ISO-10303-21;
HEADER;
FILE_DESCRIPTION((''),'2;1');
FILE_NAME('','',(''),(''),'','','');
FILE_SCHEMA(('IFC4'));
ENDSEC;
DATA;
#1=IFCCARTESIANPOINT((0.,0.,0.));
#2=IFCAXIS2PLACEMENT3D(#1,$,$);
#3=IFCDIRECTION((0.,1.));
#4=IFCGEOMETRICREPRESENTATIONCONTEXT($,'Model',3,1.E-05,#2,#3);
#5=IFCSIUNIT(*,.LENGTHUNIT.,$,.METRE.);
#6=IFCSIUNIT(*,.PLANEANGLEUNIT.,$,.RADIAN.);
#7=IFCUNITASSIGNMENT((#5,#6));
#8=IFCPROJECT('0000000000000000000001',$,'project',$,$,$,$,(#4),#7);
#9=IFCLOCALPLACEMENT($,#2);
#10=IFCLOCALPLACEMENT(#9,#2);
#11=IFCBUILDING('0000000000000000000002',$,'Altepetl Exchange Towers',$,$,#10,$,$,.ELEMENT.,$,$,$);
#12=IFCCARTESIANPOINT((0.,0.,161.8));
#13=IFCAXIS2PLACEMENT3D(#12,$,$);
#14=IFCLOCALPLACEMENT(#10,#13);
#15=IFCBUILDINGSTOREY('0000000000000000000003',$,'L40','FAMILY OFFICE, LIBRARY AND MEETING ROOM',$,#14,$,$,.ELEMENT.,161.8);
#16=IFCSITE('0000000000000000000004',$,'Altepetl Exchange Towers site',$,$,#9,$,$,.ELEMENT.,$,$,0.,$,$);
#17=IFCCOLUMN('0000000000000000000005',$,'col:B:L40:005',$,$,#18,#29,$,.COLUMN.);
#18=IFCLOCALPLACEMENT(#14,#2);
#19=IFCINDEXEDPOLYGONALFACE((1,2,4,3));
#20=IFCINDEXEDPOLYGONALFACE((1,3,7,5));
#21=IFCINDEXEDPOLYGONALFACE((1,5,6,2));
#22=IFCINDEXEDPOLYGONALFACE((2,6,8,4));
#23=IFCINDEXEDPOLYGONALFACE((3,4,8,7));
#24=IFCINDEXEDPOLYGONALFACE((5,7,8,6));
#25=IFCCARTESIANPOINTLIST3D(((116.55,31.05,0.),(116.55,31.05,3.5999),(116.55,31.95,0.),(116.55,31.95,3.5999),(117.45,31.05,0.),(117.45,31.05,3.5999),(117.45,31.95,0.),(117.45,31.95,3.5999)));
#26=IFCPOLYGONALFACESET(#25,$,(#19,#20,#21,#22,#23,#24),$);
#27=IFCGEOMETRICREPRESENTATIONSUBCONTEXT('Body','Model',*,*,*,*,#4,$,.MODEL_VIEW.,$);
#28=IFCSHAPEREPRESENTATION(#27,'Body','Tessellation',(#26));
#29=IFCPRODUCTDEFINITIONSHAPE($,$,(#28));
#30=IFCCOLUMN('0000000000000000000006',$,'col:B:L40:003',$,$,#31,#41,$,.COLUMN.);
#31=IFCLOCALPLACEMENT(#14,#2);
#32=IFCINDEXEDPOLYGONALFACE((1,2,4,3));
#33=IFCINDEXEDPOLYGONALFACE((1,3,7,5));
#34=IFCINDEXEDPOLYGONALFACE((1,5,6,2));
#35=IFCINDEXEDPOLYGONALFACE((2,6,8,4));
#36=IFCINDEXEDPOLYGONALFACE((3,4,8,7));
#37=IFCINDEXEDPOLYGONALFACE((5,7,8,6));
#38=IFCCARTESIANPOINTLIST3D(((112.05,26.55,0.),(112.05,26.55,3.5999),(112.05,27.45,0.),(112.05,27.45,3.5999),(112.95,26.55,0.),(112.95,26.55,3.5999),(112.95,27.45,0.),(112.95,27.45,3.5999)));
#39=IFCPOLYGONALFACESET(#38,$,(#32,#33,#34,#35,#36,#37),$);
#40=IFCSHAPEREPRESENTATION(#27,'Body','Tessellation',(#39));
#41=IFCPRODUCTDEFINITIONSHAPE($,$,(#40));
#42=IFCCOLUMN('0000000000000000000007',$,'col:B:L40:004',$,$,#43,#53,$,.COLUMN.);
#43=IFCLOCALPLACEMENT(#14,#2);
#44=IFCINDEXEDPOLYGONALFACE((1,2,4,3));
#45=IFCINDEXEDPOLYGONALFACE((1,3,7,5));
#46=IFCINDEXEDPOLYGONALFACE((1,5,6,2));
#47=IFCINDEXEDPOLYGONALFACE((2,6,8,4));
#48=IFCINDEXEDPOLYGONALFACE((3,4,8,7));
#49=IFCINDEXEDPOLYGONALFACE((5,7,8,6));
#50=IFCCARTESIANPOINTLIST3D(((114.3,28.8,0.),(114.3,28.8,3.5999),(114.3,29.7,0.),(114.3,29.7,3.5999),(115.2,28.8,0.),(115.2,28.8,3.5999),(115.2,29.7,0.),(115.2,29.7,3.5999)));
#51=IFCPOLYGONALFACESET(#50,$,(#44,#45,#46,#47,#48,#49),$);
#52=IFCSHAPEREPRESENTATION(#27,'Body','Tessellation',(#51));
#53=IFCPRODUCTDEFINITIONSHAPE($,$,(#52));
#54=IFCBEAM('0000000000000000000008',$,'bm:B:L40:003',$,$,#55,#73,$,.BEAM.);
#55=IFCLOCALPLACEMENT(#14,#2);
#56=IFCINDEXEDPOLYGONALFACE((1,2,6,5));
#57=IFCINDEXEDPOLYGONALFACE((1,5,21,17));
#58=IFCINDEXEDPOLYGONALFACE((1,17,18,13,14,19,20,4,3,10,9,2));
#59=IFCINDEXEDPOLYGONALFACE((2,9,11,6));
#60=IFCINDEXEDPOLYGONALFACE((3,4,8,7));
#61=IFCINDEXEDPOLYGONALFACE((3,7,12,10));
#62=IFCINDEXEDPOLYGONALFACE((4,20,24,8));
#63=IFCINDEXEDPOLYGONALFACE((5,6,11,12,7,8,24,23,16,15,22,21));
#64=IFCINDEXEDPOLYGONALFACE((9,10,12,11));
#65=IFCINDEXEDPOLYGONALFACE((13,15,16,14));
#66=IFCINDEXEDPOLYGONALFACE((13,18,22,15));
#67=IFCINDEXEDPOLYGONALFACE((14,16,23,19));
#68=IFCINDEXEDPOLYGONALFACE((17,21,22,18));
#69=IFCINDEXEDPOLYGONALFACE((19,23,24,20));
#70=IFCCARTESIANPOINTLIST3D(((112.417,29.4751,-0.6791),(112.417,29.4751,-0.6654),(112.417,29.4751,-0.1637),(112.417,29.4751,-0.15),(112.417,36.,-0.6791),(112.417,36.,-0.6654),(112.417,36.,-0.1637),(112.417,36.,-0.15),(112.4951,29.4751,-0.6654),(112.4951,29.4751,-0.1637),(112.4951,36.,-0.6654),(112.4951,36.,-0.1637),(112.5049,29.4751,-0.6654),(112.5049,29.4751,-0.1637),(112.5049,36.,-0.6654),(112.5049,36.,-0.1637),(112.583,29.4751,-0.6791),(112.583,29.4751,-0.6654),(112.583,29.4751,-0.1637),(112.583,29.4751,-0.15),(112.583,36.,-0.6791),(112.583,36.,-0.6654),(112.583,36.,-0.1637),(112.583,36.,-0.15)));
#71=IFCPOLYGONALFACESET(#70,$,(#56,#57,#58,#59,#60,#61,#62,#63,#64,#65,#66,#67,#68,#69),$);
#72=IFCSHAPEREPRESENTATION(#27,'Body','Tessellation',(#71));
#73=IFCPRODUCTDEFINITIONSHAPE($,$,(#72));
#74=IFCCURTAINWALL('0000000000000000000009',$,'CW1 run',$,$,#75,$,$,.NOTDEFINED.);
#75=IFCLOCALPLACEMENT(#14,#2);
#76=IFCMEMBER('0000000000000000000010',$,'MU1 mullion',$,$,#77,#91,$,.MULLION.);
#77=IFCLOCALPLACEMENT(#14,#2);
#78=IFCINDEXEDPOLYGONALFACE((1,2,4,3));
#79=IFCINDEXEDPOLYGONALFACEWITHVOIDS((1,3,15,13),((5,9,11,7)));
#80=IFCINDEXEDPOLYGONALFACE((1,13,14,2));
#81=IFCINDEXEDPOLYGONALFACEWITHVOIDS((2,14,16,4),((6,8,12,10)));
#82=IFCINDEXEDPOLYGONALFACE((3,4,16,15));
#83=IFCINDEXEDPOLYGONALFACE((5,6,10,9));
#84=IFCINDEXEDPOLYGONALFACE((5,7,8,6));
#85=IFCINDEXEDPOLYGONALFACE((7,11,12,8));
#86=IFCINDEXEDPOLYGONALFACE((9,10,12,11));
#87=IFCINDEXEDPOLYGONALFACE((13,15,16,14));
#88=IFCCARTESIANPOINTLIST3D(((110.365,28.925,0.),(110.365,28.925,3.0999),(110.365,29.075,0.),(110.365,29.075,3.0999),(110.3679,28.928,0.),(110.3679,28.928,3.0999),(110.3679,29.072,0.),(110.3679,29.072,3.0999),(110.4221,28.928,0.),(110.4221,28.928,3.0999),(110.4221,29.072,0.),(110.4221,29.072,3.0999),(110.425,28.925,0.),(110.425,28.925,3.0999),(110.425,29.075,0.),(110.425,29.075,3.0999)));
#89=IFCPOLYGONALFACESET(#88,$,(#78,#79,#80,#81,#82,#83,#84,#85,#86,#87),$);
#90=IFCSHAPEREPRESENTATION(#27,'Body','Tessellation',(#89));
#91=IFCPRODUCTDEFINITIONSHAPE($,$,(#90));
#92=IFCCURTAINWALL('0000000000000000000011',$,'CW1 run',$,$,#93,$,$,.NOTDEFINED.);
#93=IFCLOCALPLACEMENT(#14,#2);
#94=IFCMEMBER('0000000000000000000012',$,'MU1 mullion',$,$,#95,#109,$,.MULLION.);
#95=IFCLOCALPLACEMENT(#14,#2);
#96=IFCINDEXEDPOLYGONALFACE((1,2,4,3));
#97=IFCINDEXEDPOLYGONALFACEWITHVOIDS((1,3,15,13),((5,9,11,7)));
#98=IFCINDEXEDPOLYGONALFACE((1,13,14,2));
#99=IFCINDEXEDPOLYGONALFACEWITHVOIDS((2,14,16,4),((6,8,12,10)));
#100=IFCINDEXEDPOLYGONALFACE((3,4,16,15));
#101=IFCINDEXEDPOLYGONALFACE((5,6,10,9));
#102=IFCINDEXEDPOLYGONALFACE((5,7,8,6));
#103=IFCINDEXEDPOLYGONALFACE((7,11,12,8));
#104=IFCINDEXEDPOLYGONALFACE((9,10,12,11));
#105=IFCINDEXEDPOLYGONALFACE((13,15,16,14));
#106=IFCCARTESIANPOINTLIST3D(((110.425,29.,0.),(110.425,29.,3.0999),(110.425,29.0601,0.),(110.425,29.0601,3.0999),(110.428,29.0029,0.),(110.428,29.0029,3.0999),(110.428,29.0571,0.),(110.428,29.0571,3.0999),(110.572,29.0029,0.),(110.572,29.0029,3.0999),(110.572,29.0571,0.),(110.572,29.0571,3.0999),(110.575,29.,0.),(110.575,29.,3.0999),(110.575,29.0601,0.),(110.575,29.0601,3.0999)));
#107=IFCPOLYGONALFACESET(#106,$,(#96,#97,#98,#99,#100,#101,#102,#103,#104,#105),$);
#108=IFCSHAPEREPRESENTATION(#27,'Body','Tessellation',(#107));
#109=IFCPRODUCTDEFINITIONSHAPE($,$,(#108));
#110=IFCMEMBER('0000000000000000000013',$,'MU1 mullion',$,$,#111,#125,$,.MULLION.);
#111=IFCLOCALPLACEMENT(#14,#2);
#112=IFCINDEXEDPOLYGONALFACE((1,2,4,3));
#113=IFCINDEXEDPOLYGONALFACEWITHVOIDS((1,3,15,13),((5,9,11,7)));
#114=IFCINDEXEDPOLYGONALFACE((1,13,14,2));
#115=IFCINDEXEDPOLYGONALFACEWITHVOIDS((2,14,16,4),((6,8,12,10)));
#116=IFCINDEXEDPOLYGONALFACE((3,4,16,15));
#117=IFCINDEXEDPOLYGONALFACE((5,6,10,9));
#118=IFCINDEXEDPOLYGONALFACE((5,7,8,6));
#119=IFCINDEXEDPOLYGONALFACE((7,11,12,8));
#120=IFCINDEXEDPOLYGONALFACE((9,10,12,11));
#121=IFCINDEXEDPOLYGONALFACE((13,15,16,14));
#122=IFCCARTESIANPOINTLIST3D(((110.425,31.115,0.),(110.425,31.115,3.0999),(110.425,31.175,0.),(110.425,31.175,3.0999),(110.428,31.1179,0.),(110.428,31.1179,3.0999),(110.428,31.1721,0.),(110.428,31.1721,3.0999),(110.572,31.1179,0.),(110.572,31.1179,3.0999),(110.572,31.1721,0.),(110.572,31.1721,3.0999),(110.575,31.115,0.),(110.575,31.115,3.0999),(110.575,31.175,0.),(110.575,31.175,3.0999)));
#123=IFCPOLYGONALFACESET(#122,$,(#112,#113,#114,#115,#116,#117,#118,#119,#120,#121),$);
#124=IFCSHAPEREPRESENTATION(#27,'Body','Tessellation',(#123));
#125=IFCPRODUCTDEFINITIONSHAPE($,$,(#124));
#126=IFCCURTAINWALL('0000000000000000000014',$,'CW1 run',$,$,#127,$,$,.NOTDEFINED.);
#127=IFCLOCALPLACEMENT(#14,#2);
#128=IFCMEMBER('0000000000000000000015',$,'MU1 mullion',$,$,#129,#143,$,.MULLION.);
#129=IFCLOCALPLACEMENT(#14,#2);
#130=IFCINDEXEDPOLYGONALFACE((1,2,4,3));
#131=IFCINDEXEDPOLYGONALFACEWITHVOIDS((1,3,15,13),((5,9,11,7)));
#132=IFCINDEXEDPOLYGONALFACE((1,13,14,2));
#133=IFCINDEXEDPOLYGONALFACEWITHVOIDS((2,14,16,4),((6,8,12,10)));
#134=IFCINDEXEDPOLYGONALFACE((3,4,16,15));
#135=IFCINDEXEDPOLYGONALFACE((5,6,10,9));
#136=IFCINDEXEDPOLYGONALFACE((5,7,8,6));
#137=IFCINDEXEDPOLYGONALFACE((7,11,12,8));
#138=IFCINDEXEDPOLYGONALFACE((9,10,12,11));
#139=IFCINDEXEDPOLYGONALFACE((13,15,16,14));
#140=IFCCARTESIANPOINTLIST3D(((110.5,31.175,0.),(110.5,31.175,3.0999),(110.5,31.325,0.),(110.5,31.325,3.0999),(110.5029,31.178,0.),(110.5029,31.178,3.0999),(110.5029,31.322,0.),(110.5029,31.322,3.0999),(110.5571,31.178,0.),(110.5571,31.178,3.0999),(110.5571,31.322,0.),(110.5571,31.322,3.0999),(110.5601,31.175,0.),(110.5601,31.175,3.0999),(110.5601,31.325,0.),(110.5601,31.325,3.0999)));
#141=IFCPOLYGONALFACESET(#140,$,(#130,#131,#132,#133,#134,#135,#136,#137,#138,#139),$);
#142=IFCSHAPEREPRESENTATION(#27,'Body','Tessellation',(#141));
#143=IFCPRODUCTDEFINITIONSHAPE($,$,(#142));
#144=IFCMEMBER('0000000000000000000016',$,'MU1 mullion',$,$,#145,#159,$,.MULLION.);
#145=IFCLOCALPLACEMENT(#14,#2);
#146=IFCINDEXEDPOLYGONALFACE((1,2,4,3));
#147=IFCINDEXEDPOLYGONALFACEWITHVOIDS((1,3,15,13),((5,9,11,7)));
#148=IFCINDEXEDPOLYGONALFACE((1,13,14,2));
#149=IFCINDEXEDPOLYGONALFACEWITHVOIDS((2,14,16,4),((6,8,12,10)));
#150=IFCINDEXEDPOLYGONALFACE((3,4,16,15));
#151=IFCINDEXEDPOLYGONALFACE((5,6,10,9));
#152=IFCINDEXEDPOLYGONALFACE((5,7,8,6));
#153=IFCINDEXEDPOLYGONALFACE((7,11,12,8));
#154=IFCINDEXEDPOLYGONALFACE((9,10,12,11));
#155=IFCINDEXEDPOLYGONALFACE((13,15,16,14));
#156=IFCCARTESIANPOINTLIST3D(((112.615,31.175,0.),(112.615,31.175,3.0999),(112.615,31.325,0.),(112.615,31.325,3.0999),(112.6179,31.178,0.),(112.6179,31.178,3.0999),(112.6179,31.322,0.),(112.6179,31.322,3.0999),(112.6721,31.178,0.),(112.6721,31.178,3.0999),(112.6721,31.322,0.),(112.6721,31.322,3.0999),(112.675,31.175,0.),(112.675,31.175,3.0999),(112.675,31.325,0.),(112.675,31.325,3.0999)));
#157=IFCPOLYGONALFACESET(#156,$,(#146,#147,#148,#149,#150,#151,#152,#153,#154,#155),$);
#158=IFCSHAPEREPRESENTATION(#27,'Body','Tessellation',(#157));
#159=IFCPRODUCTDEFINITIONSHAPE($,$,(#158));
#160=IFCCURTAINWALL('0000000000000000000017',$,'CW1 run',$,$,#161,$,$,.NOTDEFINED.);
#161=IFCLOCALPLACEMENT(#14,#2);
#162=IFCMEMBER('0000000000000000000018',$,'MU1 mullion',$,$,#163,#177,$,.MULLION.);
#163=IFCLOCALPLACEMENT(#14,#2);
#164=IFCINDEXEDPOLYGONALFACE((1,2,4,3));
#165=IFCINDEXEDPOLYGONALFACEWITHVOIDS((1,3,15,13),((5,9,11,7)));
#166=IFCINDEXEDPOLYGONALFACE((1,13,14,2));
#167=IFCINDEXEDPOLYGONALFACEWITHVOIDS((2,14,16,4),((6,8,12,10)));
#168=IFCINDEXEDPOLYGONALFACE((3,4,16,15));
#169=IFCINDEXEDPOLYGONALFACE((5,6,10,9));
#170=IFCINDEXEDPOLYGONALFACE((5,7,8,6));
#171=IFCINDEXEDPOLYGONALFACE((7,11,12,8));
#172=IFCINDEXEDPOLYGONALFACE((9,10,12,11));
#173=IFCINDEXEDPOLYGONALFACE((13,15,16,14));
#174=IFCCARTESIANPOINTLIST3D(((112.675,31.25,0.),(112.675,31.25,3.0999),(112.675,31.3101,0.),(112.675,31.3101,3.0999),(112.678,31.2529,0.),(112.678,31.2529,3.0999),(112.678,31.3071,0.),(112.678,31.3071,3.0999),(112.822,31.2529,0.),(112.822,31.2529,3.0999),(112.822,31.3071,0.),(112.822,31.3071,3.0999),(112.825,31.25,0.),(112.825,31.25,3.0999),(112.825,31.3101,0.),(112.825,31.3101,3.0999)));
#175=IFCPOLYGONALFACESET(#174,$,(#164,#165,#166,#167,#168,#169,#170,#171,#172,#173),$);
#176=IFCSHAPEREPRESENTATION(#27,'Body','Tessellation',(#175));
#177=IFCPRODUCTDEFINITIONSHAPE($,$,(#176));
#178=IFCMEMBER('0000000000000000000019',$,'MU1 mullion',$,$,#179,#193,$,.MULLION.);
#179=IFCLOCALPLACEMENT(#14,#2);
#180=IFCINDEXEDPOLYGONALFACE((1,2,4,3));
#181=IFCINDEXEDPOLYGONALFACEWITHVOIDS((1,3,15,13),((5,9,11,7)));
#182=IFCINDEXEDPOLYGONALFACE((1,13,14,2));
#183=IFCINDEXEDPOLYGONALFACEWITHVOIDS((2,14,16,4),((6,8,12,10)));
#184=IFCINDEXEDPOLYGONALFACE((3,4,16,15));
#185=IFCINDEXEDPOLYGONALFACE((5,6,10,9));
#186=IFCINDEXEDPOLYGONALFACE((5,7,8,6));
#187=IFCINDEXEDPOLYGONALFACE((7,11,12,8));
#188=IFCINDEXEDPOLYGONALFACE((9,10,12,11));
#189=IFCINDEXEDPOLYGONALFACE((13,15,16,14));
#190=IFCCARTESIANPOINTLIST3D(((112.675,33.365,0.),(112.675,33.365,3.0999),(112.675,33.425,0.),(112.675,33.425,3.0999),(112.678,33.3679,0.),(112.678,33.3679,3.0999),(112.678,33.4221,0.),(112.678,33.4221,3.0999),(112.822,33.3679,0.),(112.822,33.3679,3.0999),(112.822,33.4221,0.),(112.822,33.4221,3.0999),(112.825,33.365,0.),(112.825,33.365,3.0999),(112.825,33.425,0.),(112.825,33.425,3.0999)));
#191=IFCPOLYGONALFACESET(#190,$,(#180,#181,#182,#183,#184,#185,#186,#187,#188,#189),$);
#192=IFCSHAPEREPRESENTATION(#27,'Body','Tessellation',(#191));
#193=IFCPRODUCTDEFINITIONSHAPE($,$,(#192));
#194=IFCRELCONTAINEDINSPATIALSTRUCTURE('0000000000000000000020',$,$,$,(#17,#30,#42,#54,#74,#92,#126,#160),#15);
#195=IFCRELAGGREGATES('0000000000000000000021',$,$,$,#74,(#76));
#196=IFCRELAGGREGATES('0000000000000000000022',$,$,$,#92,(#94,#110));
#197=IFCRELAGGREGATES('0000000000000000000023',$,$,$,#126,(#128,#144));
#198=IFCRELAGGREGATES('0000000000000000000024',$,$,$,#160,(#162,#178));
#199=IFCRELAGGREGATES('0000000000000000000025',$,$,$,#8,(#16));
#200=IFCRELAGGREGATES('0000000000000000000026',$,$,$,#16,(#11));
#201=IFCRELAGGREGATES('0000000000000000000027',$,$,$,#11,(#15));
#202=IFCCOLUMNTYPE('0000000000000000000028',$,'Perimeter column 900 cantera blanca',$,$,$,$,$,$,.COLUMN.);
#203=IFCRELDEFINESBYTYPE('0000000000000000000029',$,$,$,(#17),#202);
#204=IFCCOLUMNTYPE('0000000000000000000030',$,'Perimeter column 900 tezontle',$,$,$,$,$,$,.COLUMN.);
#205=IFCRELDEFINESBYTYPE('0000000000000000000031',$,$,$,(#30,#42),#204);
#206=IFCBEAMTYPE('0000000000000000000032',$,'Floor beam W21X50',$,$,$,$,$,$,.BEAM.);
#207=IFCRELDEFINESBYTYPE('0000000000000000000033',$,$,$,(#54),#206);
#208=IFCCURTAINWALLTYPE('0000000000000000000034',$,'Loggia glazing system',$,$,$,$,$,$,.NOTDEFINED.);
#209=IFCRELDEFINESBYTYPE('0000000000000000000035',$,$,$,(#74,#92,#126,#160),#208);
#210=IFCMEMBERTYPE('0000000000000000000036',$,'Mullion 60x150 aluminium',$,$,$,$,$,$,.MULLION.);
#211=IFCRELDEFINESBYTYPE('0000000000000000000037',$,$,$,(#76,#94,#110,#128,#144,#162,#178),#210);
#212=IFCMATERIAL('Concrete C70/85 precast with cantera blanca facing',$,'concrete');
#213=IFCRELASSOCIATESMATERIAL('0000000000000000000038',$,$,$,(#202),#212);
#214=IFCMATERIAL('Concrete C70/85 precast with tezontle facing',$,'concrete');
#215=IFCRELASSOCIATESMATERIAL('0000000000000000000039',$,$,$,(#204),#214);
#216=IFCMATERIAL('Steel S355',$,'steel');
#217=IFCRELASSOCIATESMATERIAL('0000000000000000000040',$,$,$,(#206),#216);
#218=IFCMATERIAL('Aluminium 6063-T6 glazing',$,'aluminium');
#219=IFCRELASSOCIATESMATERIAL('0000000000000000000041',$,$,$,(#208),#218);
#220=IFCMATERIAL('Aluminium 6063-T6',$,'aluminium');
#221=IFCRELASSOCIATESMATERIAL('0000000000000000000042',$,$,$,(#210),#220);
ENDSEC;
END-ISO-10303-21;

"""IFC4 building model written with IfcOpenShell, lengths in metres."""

from ifc_helpers import new_model, si_unit, direction, frame, origin, origin_2d, place, context, subcontext, project, spatial, rectangle, hollow_rectangle, i_section, extrude, material, material_profile, profile_set, type_object, element, aggregate, save


model = new_model("IFC4")

# Units and contexts
model_context = context("Model", 3, precision=1e-05, world=origin(), true_north=direction((0.0, 1.0)))
body_context = subcontext(model_context, "Body", "Model", "MODEL_VIEW")
ifc_project = project(units=[si_unit("LENGTHUNIT", "METRE"), si_unit("PLANEANGLEUNIT", "RADIAN")], contexts=[model_context])

# Site, building, storey
site_placement = place(None, origin())
site = spatial("IfcSite", under=ifc_project, at=site_placement, Name="Altepetl Exchange Towers site", CompositionType="ELEMENT", RefElevation=0.0)
building_placement = place(site_placement, origin())
building = spatial("IfcBuilding", under=site, at=building_placement, Name="Altepetl Exchange Towers", CompositionType="ELEMENT")
storey_placement = place(building_placement, frame((0.0, 0.0, 161.8)))
storey = spatial("IfcBuildingStorey", under=building, at=storey_placement, Name="L40", Description="FAMILY OFFICE, LIBRARY AND MEETING ROOM", CompositionType="ELEMENT", Elevation=161.8)

# Columns
ifc_material_1 = material(Name="Concrete C70/85 precast with cantera blanca facing", Category="concrete")
ifc_material_profile_1 = material_profile(ifc_material_1, rectangle(XDim=0.8999, YDim=0.8999, at=origin_2d()), Name="900 x 900")
ifc_profile_set_1 = profile_set([ifc_material_profile_1], Name="Concrete C70/85 precast with cantera blanca facing")
column_type_1 = type_object("IfcColumnType", Name="Perimeter column 900 cantera blanca", PredefinedType="COLUMN", material=ifc_profile_set_1)
column_placement = place(storey_placement, frame((117.0, 31.5, 0.0)))
element("IfcColumn", 1, at=column_placement, inside=storey, type_object=column_type_1, Name="col:B:L40:005", PredefinedType="COLUMN", context=body_context, shape_type="SweptSolid", body=[
    extrude(rectangle(XDim=0.8999, YDim=0.8999, at=origin_2d()), origin(), (0.0, 0.0, 1.0), 3.5999),
])
ifc_material_2 = material(Name="Concrete C70/85 precast with tezontle facing", Category="concrete")
ifc_material_profile_2 = material_profile(ifc_material_2, rectangle(XDim=0.8999, YDim=0.8999, at=origin_2d()), Name="900 x 900")
ifc_profile_set_2 = profile_set([ifc_material_profile_2], Name="Concrete C70/85 precast with tezontle facing")
column_type_2 = type_object("IfcColumnType", Name="Perimeter column 900 tezontle", PredefinedType="COLUMN", material=ifc_profile_set_2)
for number, where, name in (
    (2, (112.5, 27.0, 0.0), "col:B:L40:003"),
    (3, (114.75, 29.25, 0.0), "col:B:L40:004"),
):
    element("IfcColumn", number, at=place(storey_placement, frame(where)), inside=storey, type_object=column_type_2, Name=name, PredefinedType="COLUMN", context=body_context, shape_type="SweptSolid", body=[
        extrude(rectangle(XDim=0.8999, YDim=0.8999, at=origin_2d()), origin(), (0.0, 0.0, 1.0), 3.5999),
    ])

# Beam
ifc_material_3 = material(Name="Steel S355", Category="steel")
ifc_material_profile_3 = material_profile(ifc_material_3, i_section(OverallWidth=0.166, OverallDepth=0.5291, WebThickness=0.0098, FlangeThickness=0.0137, at=origin_2d()), Name="W21X50")
ifc_profile_set_3 = profile_set([ifc_material_profile_3], Name="Steel S355")
beam_type_1 = type_object("IfcBeamType", Name="Floor beam W21X50", PredefinedType="BEAM", material=ifc_profile_set_3)
beam_1_placement = place(storey_placement, frame((112.5, 29.4751, -0.4146), z_axis=(0.0, 1.0, 0.0), x_axis=(-1.0, 0.0, 0.0)))
element("IfcBeam", 4, at=beam_1_placement, inside=storey, type_object=beam_type_1, Name="bm:B:L40:003", PredefinedType="BEAM", context=body_context, shape_type="SweptSolid", body=[
    extrude(i_section(OverallWidth=0.166, OverallDepth=0.5291, WebThickness=0.0098, FlangeThickness=0.0137, at=origin_2d()), origin(), (0.0, 0.0, 1.0), 6.5249),
])

# Curtain wall, member
ifc_material_4 = material(Name="Aluminium 6063-T6 glazing", Category="aluminium")
curtain_wall_type = type_object("IfcCurtainWallType", Name="Loggia glazing system", PredefinedType="NOTDEFINED", material=ifc_material_4)
curtain_wall_1_placement = place(storey_placement, origin())
curtain_wall_1 = element("IfcCurtainWall", 5, at=curtain_wall_1_placement, inside=storey, type_object=curtain_wall_type, Name="CW1 run", PredefinedType="NOTDEFINED")
ifc_material_5 = material(Name="Aluminium 6063-T6", Category="aluminium")
ifc_material_profile_4 = material_profile(ifc_material_5, hollow_rectangle(XDim=0.0601, YDim=0.1499, WallThickness=0.0029, at=origin_2d()), Name="Mullion 60x150 aluminium")
ifc_profile_set_4 = profile_set([ifc_material_profile_4], Name="Aluminium 6063-T6")
member_type = type_object("IfcMemberType", Name="Mullion 60x150 aluminium", PredefinedType="MULLION", material=ifc_profile_set_4)
member_1_placement = place(storey_placement, frame((110.395, 29.0, 0.0)))
member_1 = element("IfcMember", 6, at=member_1_placement, type_object=member_type, Name="MU1 mullion", PredefinedType="MULLION", context=body_context, shape_type="SweptSolid", body=[
    extrude(hollow_rectangle(XDim=0.0601, YDim=0.1499, WallThickness=0.0029, at=origin_2d()), origin(), (0.0, 0.0, 1.0), 3.0999),
])
aggregate(curtain_wall_1, [member_1])

# Curtain walls, members
curtain_wall_2_placement = place(storey_placement, origin())
curtain_wall_2 = element("IfcCurtainWall", 7, at=curtain_wall_2_placement, inside=storey, type_object=curtain_wall_type, Name="CW1 run", PredefinedType="NOTDEFINED")
member_2_placement = place(storey_placement, frame((110.5, 29.03, 0.0), z_axis=(0.0, 0.0, 1.0), x_axis=(0.0, 1.0, 0.0)))
member_2 = element("IfcMember", 8, at=member_2_placement, type_object=member_type, Name="MU1 mullion", PredefinedType="MULLION", context=body_context, shape_type="SweptSolid", body=[
    extrude(hollow_rectangle(XDim=0.0601, YDim=0.1499, WallThickness=0.0029, at=origin_2d()), origin(), (0.0, 0.0, 1.0), 3.0999),
])
member_3_placement = place(storey_placement, frame((110.5, 31.145, 0.0), z_axis=(0.0, 0.0, 1.0), x_axis=(0.0, 1.0, 0.0)))
member_3 = element("IfcMember", 9, at=member_3_placement, type_object=member_type, Name="MU1 mullion", PredefinedType="MULLION", context=body_context, shape_type="SweptSolid", body=[
    extrude(hollow_rectangle(XDim=0.0601, YDim=0.1499, WallThickness=0.0029, at=origin_2d()), origin(), (0.0, 0.0, 1.0), 3.0999),
])
curtain_wall_3_placement = place(storey_placement, origin())
curtain_wall_3 = element("IfcCurtainWall", 10, at=curtain_wall_3_placement, inside=storey, type_object=curtain_wall_type, Name="CW1 run", PredefinedType="NOTDEFINED")
member_4_placement = place(storey_placement, frame((110.53, 31.25, 0.0)))
member_4 = element("IfcMember", 11, at=member_4_placement, type_object=member_type, Name="MU1 mullion", PredefinedType="MULLION", context=body_context, shape_type="SweptSolid", body=[
    extrude(hollow_rectangle(XDim=0.0601, YDim=0.1499, WallThickness=0.0029, at=origin_2d()), origin(), (0.0, 0.0, 1.0), 3.0999),
])
member_5_placement = place(storey_placement, frame((112.645, 31.25, 0.0)))
member_5 = element("IfcMember", 12, at=member_5_placement, type_object=member_type, Name="MU1 mullion", PredefinedType="MULLION", context=body_context, shape_type="SweptSolid", body=[
    extrude(hollow_rectangle(XDim=0.0601, YDim=0.1499, WallThickness=0.0029, at=origin_2d()), origin(), (0.0, 0.0, 1.0), 3.0999),
])
curtain_wall_4_placement = place(storey_placement, origin())
curtain_wall_4 = element("IfcCurtainWall", 13, at=curtain_wall_4_placement, inside=storey, type_object=curtain_wall_type, Name="CW1 run", PredefinedType="NOTDEFINED")
member_6_placement = place(storey_placement, frame((112.75, 31.28, 0.0), z_axis=(0.0, 0.0, 1.0), x_axis=(0.0, 1.0, 0.0)))
member_6 = element("IfcMember", 14, at=member_6_placement, type_object=member_type, Name="MU1 mullion", PredefinedType="MULLION", context=body_context, shape_type="SweptSolid", body=[
    extrude(hollow_rectangle(XDim=0.0601, YDim=0.1499, WallThickness=0.0029, at=origin_2d()), origin(), (0.0, 0.0, 1.0), 3.0999),
])
member_7_placement = place(storey_placement, frame((112.75, 33.395, 0.0), z_axis=(0.0, 0.0, 1.0), x_axis=(0.0, 1.0, 0.0)))
member_7 = element("IfcMember", 15, at=member_7_placement, type_object=member_type, Name="MU1 mullion", PredefinedType="MULLION", context=body_context, shape_type="SweptSolid", body=[
    extrude(hollow_rectangle(XDim=0.0601, YDim=0.1499, WallThickness=0.0029, at=origin_2d()), origin(), (0.0, 0.0, 1.0), 3.0999),
])

aggregate(curtain_wall_2, [member_2, member_3])
aggregate(curtain_wall_3, [member_4, member_5])
aggregate(curtain_wall_4, [member_6, member_7])

save(model, "model.ifc")
